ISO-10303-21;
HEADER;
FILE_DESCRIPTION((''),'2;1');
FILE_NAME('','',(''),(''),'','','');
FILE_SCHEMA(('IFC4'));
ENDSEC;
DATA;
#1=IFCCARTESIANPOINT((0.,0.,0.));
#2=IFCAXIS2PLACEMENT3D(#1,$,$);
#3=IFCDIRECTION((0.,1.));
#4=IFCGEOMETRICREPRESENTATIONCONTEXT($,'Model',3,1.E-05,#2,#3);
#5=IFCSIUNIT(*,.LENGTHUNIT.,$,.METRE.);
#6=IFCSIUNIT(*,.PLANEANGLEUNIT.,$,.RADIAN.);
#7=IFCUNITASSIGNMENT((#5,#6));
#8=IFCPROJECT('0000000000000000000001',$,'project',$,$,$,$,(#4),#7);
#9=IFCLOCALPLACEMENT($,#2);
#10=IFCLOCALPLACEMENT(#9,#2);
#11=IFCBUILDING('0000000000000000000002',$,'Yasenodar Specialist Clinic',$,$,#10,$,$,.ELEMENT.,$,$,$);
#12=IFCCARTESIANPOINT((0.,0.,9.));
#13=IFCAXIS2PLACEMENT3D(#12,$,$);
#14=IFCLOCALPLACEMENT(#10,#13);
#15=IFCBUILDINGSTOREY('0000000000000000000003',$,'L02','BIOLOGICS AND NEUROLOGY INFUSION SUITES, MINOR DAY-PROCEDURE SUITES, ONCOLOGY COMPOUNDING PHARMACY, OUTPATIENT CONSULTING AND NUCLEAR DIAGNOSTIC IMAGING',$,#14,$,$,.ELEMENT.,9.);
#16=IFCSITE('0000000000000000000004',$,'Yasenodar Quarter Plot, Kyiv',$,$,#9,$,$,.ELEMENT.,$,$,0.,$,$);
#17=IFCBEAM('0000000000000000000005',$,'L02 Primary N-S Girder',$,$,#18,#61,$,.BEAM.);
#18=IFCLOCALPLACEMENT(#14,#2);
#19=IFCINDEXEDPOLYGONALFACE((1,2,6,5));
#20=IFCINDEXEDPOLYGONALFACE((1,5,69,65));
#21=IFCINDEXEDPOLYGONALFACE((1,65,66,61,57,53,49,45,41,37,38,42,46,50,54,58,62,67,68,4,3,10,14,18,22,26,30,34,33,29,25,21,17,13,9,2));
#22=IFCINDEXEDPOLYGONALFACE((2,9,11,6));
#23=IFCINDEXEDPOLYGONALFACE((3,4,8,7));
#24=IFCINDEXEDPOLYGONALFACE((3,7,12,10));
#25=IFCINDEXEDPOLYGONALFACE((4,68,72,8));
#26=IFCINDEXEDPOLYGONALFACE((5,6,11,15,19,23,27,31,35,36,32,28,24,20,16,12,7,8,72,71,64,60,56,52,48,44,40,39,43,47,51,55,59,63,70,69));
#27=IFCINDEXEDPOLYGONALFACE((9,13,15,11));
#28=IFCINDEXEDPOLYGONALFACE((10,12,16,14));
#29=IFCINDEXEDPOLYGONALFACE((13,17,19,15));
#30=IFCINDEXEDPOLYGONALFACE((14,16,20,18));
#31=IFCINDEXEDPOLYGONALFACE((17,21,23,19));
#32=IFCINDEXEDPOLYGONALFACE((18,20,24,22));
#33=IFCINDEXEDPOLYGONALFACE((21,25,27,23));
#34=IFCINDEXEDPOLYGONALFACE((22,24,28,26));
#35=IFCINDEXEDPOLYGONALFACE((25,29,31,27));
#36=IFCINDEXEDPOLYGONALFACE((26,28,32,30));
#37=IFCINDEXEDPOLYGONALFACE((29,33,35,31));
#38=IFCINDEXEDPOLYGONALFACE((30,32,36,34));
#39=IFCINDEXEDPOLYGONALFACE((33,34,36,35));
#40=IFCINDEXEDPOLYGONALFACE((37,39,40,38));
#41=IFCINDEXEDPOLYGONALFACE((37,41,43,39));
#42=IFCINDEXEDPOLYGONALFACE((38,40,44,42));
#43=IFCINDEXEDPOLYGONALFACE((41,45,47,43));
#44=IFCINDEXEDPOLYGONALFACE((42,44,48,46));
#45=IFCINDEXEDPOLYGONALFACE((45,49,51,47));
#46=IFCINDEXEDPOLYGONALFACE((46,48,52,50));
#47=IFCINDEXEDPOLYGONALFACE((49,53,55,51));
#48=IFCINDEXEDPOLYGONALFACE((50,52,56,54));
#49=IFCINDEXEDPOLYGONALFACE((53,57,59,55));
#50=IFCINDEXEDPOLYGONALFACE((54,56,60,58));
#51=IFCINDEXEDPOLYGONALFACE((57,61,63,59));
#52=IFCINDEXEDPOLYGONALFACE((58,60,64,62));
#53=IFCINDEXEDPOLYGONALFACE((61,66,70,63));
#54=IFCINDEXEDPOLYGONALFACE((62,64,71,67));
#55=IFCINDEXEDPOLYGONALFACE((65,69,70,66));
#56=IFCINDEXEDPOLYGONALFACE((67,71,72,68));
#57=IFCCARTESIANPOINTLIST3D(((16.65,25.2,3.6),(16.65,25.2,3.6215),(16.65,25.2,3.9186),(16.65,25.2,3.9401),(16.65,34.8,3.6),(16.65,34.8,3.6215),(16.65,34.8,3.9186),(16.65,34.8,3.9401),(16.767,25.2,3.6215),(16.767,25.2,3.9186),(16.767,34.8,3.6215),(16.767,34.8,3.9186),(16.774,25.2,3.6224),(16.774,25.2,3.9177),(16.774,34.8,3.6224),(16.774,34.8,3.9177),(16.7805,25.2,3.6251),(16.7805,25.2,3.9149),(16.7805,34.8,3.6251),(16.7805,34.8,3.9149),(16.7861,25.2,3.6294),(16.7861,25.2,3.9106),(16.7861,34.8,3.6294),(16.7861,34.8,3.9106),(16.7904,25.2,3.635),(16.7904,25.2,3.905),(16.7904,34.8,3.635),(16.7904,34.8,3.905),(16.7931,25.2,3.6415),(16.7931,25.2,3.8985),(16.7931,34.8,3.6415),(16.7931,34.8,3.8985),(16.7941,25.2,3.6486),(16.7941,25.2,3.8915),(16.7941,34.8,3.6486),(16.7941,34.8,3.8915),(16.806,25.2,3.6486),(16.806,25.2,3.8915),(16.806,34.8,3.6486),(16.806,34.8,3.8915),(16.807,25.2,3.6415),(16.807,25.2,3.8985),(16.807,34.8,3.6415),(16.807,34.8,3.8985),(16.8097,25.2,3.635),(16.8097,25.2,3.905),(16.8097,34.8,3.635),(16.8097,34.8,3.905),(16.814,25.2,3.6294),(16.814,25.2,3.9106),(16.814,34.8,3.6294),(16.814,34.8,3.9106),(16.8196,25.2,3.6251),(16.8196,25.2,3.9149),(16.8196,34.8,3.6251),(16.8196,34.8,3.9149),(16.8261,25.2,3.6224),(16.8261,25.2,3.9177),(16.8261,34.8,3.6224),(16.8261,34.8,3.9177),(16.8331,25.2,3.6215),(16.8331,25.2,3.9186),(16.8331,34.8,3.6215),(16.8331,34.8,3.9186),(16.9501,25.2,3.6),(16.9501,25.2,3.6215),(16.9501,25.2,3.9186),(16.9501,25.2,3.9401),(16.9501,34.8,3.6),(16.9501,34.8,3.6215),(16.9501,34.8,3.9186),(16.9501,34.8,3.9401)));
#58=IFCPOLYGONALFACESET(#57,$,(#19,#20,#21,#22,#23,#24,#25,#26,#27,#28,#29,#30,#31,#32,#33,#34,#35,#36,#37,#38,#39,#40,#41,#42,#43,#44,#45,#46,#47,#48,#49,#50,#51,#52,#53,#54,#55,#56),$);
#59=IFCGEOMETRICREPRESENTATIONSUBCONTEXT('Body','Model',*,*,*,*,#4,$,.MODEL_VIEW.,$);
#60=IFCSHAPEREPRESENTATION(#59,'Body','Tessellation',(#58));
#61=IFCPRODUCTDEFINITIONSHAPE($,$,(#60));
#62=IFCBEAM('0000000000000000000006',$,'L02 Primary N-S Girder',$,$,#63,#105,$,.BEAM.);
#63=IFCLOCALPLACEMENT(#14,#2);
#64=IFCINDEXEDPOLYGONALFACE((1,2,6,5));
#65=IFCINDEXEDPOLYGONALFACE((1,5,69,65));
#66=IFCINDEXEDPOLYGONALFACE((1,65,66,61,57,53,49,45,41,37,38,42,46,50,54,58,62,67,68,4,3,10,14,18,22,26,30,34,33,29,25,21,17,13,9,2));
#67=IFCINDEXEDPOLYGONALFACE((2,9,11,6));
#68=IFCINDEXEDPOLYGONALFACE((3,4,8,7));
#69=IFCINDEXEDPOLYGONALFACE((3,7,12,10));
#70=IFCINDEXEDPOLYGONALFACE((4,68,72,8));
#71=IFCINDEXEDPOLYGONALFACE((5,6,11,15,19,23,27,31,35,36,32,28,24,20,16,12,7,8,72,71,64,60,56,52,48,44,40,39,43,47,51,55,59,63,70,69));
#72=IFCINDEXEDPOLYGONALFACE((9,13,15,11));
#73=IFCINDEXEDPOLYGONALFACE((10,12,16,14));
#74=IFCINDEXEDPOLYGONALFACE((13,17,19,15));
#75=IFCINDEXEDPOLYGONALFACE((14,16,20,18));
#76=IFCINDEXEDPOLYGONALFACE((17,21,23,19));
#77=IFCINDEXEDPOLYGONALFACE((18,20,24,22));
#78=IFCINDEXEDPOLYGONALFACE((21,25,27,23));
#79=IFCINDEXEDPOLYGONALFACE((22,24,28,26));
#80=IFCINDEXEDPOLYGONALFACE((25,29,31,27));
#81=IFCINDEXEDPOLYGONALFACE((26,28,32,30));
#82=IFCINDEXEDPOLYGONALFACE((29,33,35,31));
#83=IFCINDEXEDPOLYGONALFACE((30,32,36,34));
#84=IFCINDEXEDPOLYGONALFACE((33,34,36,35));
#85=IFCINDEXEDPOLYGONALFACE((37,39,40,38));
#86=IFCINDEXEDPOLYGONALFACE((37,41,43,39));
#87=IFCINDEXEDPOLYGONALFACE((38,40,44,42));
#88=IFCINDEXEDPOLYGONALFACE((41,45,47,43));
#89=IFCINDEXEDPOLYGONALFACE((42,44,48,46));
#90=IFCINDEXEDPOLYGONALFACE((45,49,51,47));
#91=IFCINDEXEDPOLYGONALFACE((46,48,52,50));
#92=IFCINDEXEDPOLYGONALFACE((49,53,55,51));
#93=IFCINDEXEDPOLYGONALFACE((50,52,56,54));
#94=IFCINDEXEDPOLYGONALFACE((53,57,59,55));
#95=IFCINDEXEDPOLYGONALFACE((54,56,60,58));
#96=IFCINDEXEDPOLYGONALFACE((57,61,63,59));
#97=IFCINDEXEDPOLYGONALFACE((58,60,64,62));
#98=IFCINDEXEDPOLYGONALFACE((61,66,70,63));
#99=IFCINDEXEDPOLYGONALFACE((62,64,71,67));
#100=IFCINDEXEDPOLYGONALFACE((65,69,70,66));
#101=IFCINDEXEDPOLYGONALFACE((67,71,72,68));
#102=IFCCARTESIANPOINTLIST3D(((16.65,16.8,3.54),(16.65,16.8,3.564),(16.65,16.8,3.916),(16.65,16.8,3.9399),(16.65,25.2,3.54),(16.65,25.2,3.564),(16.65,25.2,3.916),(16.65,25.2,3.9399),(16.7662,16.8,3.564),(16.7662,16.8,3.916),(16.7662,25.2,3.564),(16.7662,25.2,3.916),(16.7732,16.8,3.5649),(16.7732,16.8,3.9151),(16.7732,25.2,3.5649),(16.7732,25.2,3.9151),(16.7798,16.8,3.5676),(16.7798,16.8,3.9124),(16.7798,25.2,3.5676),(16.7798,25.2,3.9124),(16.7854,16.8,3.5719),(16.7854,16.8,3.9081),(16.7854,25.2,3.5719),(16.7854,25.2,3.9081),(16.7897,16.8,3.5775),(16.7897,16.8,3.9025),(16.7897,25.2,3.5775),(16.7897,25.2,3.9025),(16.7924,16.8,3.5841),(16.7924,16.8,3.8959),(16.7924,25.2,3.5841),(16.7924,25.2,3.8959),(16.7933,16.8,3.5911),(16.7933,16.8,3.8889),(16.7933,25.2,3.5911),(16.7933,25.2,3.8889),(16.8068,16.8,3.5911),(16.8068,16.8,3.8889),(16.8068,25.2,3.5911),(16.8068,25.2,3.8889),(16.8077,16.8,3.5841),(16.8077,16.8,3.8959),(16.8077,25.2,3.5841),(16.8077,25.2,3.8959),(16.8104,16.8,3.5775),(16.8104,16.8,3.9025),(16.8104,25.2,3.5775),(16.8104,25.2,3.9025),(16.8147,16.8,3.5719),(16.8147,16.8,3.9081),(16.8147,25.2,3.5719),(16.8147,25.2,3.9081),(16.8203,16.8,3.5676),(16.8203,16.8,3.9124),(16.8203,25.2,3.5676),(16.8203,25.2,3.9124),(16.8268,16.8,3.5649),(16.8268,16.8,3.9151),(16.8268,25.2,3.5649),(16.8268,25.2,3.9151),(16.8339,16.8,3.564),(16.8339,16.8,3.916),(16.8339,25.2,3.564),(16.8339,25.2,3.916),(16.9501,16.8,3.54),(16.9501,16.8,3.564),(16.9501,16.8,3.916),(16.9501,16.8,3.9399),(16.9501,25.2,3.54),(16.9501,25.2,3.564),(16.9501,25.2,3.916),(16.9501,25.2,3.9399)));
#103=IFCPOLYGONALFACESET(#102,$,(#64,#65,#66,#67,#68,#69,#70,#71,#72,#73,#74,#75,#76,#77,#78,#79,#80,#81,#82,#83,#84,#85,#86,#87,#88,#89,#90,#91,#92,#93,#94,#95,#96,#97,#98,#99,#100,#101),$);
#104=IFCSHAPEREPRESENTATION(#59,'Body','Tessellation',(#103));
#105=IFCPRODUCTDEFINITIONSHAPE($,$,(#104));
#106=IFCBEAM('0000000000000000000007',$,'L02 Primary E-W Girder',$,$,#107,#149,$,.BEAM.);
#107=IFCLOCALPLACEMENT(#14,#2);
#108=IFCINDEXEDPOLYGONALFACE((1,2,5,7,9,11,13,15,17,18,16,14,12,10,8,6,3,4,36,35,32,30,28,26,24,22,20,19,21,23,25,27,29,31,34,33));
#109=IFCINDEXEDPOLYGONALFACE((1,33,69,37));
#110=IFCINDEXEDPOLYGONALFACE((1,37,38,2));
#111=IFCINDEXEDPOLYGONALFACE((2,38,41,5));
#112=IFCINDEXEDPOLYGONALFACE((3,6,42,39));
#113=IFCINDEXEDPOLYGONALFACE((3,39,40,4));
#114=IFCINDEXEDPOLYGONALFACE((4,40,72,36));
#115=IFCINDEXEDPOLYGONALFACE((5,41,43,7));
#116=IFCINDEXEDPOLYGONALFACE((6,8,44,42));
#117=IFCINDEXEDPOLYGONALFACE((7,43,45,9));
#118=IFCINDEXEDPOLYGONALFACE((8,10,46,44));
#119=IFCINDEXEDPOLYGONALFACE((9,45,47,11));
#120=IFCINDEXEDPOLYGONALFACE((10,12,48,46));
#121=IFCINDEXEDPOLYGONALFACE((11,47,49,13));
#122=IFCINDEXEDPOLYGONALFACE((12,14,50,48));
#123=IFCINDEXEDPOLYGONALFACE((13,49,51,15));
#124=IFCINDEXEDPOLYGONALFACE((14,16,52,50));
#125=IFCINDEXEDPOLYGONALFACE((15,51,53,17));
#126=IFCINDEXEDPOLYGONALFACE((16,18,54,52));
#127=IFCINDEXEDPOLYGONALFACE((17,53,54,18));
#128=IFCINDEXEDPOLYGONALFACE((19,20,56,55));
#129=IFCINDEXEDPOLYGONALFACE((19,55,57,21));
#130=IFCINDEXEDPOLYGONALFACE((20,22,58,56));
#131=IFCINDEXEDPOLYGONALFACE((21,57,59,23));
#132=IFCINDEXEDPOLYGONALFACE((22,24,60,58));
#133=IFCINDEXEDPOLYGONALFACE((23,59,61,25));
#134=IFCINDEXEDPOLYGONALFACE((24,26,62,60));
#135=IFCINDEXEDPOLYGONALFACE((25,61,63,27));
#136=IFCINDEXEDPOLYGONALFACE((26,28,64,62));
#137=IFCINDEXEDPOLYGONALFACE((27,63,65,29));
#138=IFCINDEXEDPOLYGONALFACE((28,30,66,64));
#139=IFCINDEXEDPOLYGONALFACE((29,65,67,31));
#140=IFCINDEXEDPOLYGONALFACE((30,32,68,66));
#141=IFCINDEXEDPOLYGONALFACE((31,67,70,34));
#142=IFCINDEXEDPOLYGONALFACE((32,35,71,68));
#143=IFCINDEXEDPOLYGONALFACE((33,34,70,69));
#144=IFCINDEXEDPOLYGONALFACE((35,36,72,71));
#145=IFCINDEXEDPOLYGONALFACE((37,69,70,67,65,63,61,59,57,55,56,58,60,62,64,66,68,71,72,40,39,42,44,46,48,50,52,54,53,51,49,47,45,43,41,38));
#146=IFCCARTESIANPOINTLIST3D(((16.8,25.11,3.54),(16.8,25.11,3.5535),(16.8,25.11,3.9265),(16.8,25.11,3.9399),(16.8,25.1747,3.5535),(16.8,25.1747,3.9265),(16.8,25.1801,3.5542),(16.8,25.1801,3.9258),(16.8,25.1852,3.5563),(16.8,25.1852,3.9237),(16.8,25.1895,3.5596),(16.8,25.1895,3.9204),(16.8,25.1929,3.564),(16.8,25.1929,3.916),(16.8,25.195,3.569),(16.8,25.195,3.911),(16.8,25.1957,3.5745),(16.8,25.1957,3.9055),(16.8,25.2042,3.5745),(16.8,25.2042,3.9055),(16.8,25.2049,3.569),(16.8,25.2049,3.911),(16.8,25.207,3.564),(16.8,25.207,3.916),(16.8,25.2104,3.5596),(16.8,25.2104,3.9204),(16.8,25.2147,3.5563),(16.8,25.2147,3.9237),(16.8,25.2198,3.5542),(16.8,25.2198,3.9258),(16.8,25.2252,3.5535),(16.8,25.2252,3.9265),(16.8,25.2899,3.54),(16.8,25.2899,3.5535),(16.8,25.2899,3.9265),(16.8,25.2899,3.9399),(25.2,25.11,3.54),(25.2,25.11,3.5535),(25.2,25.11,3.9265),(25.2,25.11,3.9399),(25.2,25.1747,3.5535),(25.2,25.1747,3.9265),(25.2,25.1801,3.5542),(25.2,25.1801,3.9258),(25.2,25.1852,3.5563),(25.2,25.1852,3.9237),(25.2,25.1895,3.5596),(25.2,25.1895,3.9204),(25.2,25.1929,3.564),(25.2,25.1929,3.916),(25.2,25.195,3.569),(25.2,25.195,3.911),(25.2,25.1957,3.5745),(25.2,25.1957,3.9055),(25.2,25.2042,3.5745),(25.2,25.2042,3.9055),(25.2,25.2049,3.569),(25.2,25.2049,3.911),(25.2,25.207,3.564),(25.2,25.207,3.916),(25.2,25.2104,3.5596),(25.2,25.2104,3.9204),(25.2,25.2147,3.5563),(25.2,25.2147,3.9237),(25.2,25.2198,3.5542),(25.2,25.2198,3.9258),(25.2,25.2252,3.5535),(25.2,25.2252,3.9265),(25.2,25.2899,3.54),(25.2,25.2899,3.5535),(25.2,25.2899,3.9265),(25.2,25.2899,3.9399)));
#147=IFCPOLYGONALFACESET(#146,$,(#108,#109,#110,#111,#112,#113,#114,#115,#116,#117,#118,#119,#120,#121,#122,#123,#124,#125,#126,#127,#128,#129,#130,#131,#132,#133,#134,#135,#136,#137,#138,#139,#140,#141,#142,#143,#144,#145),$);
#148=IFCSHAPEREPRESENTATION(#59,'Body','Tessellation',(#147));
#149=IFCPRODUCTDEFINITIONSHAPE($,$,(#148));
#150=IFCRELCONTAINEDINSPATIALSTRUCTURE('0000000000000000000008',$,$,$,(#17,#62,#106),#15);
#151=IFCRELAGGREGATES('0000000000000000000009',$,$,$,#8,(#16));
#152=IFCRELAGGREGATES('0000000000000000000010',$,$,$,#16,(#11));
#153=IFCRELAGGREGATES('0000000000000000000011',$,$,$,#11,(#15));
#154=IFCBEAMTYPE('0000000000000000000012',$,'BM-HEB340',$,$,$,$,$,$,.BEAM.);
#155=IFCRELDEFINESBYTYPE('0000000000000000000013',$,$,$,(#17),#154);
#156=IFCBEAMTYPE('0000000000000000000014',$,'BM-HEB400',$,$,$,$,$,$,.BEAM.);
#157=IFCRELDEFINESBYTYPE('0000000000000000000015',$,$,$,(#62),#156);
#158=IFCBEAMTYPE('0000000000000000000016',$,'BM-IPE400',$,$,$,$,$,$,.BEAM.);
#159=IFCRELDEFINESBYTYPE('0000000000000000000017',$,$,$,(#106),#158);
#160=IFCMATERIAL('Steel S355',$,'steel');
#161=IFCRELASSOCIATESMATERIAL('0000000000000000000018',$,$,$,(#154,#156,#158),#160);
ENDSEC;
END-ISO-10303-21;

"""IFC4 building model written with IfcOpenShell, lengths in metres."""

from ifc_helpers import new_model, si_unit, direction, frame, origin, origin_2d, place, context, subcontext, project, spatial, i_section, extrude, material, material_profile, profile_set, type_object, element, save


model = new_model("IFC4")

# Units and contexts
model_context = context("Model", 3, precision=1e-05, world=origin(), true_north=direction((0.0, 1.0)))
body_context = subcontext(model_context, "Body", "Model", "MODEL_VIEW")
ifc_project = project(units=[si_unit("LENGTHUNIT", "METRE"), si_unit("PLANEANGLEUNIT", "RADIAN")], contexts=[model_context])

# Site, building, storey
site_placement = place(None, origin())
site = spatial("IfcSite", under=ifc_project, at=site_placement, Name="Yasenodar Quarter Plot, Kyiv", CompositionType="ELEMENT", RefElevation=0.0)
building_placement = place(site_placement, origin())
building = spatial("IfcBuilding", under=site, at=building_placement, Name="Yasenodar Specialist Clinic", CompositionType="ELEMENT")
storey_placement = place(building_placement, frame((0.0, 0.0, 9.0)))
storey = spatial("IfcBuildingStorey", under=building, at=storey_placement, Name="L02", Description="BIOLOGICS AND NEUROLOGY INFUSION SUITES, MINOR DAY-PROCEDURE SUITES, ONCOLOGY COMPOUNDING PHARMACY, OUTPATIENT CONSULTING AND NUCLEAR DIAGNOSTIC IMAGING", CompositionType="ELEMENT", Elevation=9.0)

# Shared definitions
ifc_material_1 = material(Name="Steel S355", Category="steel")

# Beams
ifc_material_profile_1 = material_profile(ifc_material_1, i_section(OverallWidth=0.3, OverallDepth=0.3401, WebThickness=0.012, FlangeThickness=0.0215, FilletRadius=0.0271, at=origin_2d()), Name="HEB 340")
ifc_profile_set_1 = profile_set([ifc_material_profile_1], Name="Steel S355")
beam_type_1 = type_object("IfcBeamType", Name="BM-HEB340", PredefinedType="BEAM", material=ifc_profile_set_1)
beam_1_placement = place(storey_placement, frame((16.8, 25.2, 3.77), z_axis=(0.0, 1.0, 0.0), x_axis=(-1.0, 0.0, 0.0)))
element("IfcBeam", 1, at=beam_1_placement, inside=storey, type_object=beam_type_1, Name="L02 Primary N-S Girder", PredefinedType="BEAM", context=body_context, shape_type="SweptSolid", body=[
    extrude(i_section(OverallWidth=0.3, OverallDepth=0.3401, WebThickness=0.012, FlangeThickness=0.0215, FilletRadius=0.0271, at=origin_2d()), origin(), (0.0, 0.0, 1.0), 9.6001),
])
ifc_material_profile_2 = material_profile(ifc_material_1, i_section(OverallWidth=0.3, OverallDepth=0.3999, WebThickness=0.0134, FlangeThickness=0.0239, FilletRadius=0.0271, at=origin_2d()), Name="HEB 400")
ifc_profile_set_2 = profile_set([ifc_material_profile_2], Name="Steel S355")
beam_type_2 = type_object("IfcBeamType", Name="BM-HEB400", PredefinedType="BEAM", material=ifc_profile_set_2)
beam_2_placement = place(storey_placement, frame((16.8, 16.8, 3.74), z_axis=(0.0, 1.0, 0.0), x_axis=(-1.0, 0.0, 0.0)))
element("IfcBeam", 2, at=beam_2_placement, inside=storey, type_object=beam_type_2, Name="L02 Primary N-S Girder", PredefinedType="BEAM", context=body_context, shape_type="SweptSolid", body=[
    extrude(i_section(OverallWidth=0.3, OverallDepth=0.3999, WebThickness=0.0134, FlangeThickness=0.0239, FilletRadius=0.0271, at=origin_2d()), origin(), (0.0, 0.0, 1.0), 8.3999),
])
ifc_material_profile_3 = material_profile(ifc_material_1, i_section(OverallWidth=0.1799, OverallDepth=0.3999, WebThickness=0.0085, FlangeThickness=0.0134, FilletRadius=0.021, at=origin_2d()), Name="IPE 400")
ifc_profile_set_3 = profile_set([ifc_material_profile_3], Name="Steel S355")
beam_type_3 = type_object("IfcBeamType", Name="BM-IPE400", PredefinedType="BEAM", material=ifc_profile_set_3)
beam_3_placement = place(storey_placement, frame((16.8, 25.2, 3.74), z_axis=(1.0, 0.0, 0.0), x_axis=(0.0, 1.0, 0.0)))
element("IfcBeam", 3, at=beam_3_placement, inside=storey, type_object=beam_type_3, Name="L02 Primary E-W Girder", PredefinedType="BEAM", context=body_context, shape_type="SweptSolid", body=[
    extrude(i_section(OverallWidth=0.1799, OverallDepth=0.3999, WebThickness=0.0085, FlangeThickness=0.0134, FilletRadius=0.021, at=origin_2d()), origin(), (0.0, 0.0, 1.0), 8.3999),
])

save(model, "model.ifc")
